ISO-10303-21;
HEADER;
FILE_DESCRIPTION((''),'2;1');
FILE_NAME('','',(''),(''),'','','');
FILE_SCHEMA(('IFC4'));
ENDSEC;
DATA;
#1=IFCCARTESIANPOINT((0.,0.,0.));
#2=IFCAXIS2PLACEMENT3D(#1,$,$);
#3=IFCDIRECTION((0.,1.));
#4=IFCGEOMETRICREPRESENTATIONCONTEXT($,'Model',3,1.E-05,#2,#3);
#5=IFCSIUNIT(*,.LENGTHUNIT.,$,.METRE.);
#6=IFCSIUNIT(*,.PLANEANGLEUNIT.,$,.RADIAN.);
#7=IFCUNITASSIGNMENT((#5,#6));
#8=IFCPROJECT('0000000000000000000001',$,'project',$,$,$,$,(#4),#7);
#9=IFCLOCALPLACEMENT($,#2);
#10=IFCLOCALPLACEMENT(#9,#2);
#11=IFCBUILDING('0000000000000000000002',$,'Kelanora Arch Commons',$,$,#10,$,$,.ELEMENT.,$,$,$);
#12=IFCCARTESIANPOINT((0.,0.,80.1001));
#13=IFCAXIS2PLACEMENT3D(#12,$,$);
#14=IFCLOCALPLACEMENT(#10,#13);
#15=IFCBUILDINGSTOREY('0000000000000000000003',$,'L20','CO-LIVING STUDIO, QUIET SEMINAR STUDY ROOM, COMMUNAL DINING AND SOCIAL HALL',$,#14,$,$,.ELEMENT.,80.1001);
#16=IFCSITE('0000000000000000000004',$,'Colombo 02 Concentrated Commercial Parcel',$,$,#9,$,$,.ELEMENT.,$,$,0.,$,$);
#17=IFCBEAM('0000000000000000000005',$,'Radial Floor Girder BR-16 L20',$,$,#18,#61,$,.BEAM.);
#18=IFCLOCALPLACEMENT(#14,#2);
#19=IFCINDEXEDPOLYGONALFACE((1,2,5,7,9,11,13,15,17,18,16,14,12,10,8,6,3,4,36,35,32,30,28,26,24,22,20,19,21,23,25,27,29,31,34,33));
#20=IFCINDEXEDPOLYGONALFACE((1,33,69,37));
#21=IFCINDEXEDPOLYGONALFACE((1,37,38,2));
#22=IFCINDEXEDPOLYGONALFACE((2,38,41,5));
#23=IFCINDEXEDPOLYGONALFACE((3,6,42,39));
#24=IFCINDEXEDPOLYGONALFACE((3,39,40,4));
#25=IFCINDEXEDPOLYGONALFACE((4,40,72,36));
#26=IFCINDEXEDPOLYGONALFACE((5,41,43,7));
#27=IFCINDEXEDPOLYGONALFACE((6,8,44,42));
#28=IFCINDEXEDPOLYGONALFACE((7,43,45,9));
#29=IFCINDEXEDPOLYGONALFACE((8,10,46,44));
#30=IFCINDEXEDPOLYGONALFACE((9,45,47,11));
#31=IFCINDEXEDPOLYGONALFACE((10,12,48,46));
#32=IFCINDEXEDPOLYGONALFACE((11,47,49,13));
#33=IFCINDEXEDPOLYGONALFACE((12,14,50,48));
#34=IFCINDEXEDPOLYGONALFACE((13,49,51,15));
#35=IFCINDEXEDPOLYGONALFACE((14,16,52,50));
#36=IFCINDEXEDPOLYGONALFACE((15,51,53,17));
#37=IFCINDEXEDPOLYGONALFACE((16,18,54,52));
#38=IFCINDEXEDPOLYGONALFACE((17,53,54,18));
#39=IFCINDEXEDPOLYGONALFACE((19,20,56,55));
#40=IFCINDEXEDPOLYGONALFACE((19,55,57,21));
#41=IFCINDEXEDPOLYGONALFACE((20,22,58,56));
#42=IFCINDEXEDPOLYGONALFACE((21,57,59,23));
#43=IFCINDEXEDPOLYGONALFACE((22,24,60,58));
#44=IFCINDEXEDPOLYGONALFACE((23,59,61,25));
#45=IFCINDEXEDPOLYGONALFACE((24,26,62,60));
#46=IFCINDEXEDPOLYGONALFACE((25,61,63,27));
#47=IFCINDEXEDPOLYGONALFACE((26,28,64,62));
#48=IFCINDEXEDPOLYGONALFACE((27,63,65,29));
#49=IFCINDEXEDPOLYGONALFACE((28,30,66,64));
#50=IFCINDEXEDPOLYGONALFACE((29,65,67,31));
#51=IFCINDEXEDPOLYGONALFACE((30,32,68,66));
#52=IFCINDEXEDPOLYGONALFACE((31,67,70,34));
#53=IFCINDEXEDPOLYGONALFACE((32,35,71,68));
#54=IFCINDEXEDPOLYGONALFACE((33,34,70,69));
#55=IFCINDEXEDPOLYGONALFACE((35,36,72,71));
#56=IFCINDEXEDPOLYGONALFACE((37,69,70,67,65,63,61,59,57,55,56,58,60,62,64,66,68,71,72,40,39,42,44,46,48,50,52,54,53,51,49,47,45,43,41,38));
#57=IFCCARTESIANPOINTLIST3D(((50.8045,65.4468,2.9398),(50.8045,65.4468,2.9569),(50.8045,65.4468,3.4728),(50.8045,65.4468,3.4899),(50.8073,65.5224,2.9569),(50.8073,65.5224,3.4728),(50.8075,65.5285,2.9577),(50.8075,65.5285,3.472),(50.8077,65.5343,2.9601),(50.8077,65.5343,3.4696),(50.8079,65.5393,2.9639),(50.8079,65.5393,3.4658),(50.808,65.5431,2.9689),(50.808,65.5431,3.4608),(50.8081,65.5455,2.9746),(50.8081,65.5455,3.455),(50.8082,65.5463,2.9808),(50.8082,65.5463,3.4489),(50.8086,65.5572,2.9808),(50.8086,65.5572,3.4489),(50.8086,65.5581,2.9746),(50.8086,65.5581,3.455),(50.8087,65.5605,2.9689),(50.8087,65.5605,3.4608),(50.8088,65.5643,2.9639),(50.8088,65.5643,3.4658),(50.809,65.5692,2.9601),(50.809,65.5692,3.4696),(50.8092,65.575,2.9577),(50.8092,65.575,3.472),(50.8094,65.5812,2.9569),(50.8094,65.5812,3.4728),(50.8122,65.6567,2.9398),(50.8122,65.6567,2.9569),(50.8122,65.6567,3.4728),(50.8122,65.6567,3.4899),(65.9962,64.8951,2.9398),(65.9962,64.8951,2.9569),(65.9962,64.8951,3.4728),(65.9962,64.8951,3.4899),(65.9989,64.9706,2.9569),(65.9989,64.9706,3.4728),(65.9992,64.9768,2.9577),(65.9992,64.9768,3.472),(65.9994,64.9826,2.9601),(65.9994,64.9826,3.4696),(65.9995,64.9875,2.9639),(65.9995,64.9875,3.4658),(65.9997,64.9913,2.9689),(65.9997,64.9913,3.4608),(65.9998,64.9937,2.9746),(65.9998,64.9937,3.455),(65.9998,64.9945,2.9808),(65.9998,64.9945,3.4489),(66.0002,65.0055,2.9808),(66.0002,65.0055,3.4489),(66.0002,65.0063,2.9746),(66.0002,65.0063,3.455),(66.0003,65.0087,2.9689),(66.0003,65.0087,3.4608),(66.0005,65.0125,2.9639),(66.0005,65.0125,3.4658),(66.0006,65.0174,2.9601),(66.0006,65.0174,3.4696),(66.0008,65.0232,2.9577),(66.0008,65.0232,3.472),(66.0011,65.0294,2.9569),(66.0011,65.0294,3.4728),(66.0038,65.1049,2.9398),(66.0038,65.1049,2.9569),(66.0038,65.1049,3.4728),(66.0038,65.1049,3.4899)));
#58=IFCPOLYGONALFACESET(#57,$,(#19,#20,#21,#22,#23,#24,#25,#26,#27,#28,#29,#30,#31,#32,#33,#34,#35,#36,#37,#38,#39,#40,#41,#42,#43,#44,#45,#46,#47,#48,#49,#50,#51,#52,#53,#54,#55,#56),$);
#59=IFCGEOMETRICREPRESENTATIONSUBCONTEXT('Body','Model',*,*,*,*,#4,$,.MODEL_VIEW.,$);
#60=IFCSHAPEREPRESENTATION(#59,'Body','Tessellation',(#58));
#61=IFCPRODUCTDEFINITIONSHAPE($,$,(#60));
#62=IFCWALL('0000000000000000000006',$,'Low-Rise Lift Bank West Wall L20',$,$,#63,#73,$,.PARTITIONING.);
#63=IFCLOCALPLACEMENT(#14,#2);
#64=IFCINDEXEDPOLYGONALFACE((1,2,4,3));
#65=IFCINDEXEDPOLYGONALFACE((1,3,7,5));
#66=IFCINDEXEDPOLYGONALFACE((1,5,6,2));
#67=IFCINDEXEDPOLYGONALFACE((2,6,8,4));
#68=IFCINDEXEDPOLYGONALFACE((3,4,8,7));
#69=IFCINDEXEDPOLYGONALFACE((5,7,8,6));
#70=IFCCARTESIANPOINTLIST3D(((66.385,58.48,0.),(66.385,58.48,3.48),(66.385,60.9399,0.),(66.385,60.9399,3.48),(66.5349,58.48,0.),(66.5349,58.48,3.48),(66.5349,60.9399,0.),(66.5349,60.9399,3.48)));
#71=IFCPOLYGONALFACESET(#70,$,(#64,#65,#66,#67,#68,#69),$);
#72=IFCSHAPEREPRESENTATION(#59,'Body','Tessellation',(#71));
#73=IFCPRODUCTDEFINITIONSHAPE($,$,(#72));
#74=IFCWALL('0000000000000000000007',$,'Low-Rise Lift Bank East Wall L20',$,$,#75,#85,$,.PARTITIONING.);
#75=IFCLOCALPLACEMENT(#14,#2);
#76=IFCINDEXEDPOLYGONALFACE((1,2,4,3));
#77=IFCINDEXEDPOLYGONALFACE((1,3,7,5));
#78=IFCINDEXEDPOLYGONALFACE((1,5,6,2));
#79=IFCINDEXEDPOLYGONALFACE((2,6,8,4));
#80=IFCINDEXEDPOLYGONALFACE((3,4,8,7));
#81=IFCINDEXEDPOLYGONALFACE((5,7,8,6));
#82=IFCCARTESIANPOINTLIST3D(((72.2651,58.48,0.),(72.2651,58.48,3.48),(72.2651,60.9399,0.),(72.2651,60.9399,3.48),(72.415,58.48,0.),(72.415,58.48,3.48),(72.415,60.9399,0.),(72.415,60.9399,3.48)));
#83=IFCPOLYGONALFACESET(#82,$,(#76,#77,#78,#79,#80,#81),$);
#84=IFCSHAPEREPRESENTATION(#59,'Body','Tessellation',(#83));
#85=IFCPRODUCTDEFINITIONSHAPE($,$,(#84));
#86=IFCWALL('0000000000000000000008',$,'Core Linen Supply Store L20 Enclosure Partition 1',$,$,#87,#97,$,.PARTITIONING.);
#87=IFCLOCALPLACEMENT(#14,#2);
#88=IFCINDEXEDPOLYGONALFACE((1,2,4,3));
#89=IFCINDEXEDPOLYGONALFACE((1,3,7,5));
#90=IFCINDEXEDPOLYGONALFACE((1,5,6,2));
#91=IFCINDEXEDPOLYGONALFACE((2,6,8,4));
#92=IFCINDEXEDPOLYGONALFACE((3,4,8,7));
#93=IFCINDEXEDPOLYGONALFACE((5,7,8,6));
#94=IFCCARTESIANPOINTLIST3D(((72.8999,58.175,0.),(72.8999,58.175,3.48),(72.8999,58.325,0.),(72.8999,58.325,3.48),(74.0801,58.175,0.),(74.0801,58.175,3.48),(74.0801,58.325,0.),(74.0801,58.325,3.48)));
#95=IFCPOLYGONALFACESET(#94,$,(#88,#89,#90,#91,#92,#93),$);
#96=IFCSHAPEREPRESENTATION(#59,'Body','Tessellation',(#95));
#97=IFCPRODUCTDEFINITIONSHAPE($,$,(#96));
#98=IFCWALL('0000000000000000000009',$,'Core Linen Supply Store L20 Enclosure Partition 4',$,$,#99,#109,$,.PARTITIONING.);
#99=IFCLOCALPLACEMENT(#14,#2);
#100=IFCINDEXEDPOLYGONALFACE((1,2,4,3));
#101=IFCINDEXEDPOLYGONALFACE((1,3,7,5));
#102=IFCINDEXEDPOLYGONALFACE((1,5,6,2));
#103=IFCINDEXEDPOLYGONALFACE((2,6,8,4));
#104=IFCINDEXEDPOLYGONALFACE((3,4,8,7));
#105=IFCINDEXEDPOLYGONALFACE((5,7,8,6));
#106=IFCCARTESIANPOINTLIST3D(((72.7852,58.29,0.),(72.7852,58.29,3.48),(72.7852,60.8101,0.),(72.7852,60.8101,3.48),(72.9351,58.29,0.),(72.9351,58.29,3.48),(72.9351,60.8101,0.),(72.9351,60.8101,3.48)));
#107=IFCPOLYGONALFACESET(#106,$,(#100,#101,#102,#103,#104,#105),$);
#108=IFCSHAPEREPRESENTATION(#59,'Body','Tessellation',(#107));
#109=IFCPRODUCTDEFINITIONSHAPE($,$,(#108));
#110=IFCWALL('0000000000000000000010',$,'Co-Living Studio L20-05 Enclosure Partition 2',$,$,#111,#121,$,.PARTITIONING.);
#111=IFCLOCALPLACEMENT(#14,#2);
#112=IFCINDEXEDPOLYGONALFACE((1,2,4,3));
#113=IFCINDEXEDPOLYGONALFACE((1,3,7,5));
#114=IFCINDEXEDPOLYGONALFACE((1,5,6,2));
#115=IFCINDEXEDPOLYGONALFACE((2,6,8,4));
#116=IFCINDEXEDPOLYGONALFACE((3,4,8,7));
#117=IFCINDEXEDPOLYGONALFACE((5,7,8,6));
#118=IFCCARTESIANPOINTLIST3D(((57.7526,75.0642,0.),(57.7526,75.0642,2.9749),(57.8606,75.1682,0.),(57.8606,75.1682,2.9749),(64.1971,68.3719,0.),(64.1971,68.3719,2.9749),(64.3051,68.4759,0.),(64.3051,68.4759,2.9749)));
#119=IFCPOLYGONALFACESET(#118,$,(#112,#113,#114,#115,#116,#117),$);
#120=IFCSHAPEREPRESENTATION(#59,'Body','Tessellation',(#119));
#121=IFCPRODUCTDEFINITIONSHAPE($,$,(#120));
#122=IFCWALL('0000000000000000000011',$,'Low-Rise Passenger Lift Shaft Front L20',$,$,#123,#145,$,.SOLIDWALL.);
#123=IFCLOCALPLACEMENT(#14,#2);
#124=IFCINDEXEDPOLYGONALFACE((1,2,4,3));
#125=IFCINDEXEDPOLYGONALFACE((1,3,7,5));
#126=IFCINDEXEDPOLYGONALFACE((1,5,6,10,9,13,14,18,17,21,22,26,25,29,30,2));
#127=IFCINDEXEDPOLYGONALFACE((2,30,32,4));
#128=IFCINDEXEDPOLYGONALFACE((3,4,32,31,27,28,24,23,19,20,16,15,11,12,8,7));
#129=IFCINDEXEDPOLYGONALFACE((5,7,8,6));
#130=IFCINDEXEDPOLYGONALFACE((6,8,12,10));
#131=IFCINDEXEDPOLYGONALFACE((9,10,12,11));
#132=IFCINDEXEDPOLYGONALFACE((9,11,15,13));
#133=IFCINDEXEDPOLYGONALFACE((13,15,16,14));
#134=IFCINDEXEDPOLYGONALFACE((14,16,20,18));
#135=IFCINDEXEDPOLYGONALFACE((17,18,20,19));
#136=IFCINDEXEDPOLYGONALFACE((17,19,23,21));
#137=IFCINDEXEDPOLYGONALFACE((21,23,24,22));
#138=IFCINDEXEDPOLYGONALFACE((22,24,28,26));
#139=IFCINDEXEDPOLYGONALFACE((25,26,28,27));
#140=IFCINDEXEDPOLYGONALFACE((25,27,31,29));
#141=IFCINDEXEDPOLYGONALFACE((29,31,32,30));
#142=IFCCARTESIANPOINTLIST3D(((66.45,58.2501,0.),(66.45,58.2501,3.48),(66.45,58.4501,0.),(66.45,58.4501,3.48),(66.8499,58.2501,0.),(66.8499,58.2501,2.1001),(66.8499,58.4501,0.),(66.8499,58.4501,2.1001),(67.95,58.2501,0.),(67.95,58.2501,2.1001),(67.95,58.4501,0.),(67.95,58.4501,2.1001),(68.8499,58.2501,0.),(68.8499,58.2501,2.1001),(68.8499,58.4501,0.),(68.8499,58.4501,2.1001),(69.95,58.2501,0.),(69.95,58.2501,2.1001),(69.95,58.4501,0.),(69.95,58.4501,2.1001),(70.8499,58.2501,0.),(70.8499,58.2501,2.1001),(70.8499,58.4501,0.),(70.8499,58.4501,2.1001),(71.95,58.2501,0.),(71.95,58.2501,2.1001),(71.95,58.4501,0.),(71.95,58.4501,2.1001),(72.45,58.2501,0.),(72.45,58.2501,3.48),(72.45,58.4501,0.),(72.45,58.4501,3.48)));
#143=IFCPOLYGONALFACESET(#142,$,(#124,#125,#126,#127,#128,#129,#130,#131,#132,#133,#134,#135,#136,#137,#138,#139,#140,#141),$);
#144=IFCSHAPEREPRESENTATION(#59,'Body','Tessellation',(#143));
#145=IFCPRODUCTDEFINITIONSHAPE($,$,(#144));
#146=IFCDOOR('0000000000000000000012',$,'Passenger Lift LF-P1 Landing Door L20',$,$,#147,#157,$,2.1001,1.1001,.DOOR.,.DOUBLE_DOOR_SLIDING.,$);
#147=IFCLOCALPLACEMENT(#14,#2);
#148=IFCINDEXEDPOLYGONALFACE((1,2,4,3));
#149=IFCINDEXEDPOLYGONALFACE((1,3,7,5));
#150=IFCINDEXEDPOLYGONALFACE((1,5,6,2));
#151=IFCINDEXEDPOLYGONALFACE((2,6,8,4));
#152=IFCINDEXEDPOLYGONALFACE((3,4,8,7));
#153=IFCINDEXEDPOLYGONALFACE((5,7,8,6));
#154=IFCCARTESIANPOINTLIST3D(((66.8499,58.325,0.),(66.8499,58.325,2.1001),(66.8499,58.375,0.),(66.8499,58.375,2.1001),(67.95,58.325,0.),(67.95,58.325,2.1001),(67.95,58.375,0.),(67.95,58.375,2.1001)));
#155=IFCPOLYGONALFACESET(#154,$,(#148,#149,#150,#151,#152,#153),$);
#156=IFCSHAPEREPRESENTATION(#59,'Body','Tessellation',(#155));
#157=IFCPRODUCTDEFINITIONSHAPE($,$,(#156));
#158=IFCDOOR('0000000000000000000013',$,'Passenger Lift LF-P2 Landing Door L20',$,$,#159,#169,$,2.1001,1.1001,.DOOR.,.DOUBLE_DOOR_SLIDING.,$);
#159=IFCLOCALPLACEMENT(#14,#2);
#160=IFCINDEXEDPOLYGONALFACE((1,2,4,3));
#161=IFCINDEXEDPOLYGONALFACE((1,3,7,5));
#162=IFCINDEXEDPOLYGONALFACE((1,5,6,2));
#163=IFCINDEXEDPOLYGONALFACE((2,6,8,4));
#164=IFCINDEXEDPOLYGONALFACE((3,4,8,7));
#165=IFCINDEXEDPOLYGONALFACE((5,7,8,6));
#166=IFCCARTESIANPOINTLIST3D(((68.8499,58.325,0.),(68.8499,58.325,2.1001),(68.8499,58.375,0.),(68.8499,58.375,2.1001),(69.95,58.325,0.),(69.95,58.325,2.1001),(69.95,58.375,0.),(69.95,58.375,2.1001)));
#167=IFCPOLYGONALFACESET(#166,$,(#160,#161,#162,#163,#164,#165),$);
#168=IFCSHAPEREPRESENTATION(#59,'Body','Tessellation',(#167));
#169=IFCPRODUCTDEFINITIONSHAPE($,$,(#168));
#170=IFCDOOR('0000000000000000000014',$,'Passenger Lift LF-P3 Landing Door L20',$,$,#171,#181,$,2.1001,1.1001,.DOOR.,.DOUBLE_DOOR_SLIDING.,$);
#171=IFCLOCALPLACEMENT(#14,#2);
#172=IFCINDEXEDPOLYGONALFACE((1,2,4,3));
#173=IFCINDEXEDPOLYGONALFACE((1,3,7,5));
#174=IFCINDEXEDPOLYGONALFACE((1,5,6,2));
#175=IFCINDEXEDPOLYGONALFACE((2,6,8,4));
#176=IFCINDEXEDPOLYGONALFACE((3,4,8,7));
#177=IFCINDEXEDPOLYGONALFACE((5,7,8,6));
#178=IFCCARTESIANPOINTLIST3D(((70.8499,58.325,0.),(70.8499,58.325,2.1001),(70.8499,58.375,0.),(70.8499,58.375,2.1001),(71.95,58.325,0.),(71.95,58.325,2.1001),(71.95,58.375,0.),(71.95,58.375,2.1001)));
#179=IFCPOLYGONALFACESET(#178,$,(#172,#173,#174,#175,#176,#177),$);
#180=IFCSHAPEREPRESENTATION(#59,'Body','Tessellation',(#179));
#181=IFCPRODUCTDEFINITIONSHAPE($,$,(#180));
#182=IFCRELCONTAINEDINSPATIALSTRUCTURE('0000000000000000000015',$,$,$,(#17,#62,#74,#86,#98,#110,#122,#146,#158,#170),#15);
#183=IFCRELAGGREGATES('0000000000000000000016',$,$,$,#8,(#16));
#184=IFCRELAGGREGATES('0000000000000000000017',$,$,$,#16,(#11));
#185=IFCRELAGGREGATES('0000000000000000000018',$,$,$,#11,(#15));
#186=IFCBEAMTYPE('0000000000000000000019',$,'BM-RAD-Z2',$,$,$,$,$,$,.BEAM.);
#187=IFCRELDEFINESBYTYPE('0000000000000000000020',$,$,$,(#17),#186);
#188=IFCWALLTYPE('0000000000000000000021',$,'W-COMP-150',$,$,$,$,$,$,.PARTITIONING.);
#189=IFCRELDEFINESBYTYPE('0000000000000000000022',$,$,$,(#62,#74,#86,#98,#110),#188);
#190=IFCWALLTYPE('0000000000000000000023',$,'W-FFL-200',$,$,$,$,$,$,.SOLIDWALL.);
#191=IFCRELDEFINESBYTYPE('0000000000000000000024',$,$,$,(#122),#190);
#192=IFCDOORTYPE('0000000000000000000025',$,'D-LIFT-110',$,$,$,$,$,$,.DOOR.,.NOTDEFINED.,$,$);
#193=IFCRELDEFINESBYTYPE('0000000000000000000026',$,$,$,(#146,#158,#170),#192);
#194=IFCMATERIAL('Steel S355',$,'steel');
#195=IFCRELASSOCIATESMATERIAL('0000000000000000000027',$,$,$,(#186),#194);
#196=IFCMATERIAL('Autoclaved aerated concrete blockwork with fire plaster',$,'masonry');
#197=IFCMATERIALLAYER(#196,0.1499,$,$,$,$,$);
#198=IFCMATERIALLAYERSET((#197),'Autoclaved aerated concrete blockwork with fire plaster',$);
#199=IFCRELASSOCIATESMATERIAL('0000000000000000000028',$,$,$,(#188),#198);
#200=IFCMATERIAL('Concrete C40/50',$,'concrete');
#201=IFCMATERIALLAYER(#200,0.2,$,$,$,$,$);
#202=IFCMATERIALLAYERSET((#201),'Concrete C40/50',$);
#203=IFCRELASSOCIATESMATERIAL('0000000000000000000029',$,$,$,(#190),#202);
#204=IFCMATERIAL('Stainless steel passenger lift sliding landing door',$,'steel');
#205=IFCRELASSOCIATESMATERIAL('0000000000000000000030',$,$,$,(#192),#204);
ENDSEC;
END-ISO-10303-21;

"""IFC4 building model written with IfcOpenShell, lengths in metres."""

from ifc_helpers import new_model, si_unit, direction, frame, frame_2d, origin, origin_2d, place, context, subcontext, project, spatial, rectangle, i_section, extrude, material, layer, layer_set, material_profile, profile_set, type_object, element, fill, save


model = new_model("IFC4")

# Units and contexts
model_context = context("Model", 3, precision=1e-05, world=origin(), true_north=direction((0.0, 1.0)))
body_context = subcontext(model_context, "Body", "Model", "MODEL_VIEW")
ifc_project = project(units=[si_unit("LENGTHUNIT", "METRE"), si_unit("PLANEANGLEUNIT", "RADIAN")], contexts=[model_context])

# Site, building, storey
site_placement = place(None, origin())
site = spatial("IfcSite", under=ifc_project, at=site_placement, Name="Colombo 02 Concentrated Commercial Parcel", CompositionType="ELEMENT", RefElevation=0.0)
building_placement = place(site_placement, origin())
building = spatial("IfcBuilding", under=site, at=building_placement, Name="Kelanora Arch Commons", CompositionType="ELEMENT")
storey_placement = place(building_placement, frame((0.0, 0.0, 80.1001)))
storey = spatial("IfcBuildingStorey", under=building, at=storey_placement, Name="L20", Description="CO-LIVING STUDIO, QUIET SEMINAR STUDY ROOM, COMMUNAL DINING AND SOCIAL HALL", CompositionType="ELEMENT", Elevation=80.1001)

# Beam
ifc_material_1 = material(Name="Steel S355", Category="steel")
ifc_material_profile_1 = material_profile(ifc_material_1, i_section(OverallWidth=0.21, OverallDepth=0.55, WebThickness=0.011, FlangeThickness=0.0171, FilletRadius=0.0239, at=origin_2d()), Name="IPE550")
ifc_profile_set_1 = profile_set([ifc_material_profile_1], Name="Steel S355")
beam_type_1 = type_object("IfcBeamType", Name="BM-RAD-Z2", PredefinedType="BEAM", material=ifc_profile_set_1)
beam_1_placement = place(storey_placement, frame((66.0, 65.0, 3.2148), z_axis=(-0.999341, 0.036296, 0.0), x_axis=(-0.036296, -0.999341, 0.0)))
element("IfcBeam", 1, at=beam_1_placement, inside=storey, type_object=beam_type_1, Name="Radial Floor Girder BR-16 L20", PredefinedType="BEAM", context=body_context, shape_type="SweptSolid", body=[
    extrude(i_section(OverallWidth=0.21, OverallDepth=0.55, WebThickness=0.011, FlangeThickness=0.0171, FilletRadius=0.0239, at=origin_2d()), origin(), (0.0, 0.0, 1.0), 15.2017),
])

# Walls
ifc_material_2 = material(Name="Autoclaved aerated concrete blockwork with fire plaster", Category="masonry")
ifc_layer_1 = layer(ifc_material_2, 0.1499)
ifc_layer_set_1 = layer_set([ifc_layer_1], Name="Autoclaved aerated concrete blockwork with fire plaster")
wall_type_1 = type_object("IfcWallType", Name="W-COMP-150", PredefinedType="PARTITIONING", material=ifc_layer_set_1)
for number, where, z_axis, x_axis, name in (
    (2, (66.46, 58.48, 0.0), (0.0, 0.0, 1.0), (0.0, 1.0, 0.0), "Low-Rise Lift Bank West Wall L20"),
    (3, (72.3401, 58.48, 0.0), (0.0, 0.0, 1.0), (0.0, 1.0, 0.0), "Low-Rise Lift Bank East Wall L20"),
):
    element("IfcWall", number, at=place(storey_placement, frame(where, z_axis=z_axis, x_axis=x_axis)), inside=storey, type_object=wall_type_1, Name=name, PredefinedType="PARTITIONING", context=body_context, shape_type="SweptSolid", body=[
        extrude(rectangle(XDim=2.46, YDim=0.1499, at=frame_2d((1.23, 0.0))), origin(), (0.0, 0.0, 1.0), 3.48),
    ])
wall_1_placement = place(storey_placement, frame((72.8999, 58.25, 0.0), z_axis=(0.0, 0.0, 1.0), x_axis=(1.0, 0.0, 0.0)))
element("IfcWall", 4, at=wall_1_placement, inside=storey, type_object=wall_type_1, Name="Core Linen Supply Store L20 Enclosure Partition 1", PredefinedType="PARTITIONING", context=body_context, shape_type="SweptSolid", body=[
    extrude(rectangle(XDim=1.1802, YDim=0.1499, at=frame_2d((0.5901, 0.0))), origin(), (0.0, 0.0, 1.0), 3.48),
])
wall_2_placement = place(storey_placement, frame((72.8601, 60.8101, 0.0), z_axis=(0.0, 0.0, 1.0), x_axis=(0.0, -1.0, 0.0)))
element("IfcWall", 5, at=wall_2_placement, inside=storey, type_object=wall_type_1, Name="Core Linen Supply Store L20 Enclosure Partition 4", PredefinedType="PARTITIONING", context=body_context, shape_type="SweptSolid", body=[
    extrude(rectangle(XDim=2.52, YDim=0.1499, at=frame_2d((1.26, 0.0))), origin(), (0.0, 0.0, 1.0), 3.48),
])
wall_3_placement = place(storey_placement, frame((64.2512, 68.4238, 0.0), z_axis=(0.0, 0.0, 1.0), x_axis=(-0.693645, 0.720317, 0.0)))
element("IfcWall", 6, at=wall_3_placement, inside=storey, type_object=wall_type_1, Name="Co-Living Studio L20-05 Enclosure Partition 2", PredefinedType="PARTITIONING", context=body_context, shape_type="SweptSolid", body=[
    extrude(rectangle(XDim=9.2908, YDim=0.1499, at=frame_2d((4.6455, 0.0))), origin(), (0.0, 0.0, 1.0), 2.9749),
])

# Wall, openings, doors
ifc_material_3 = material(Name="Concrete C40/50", Category="concrete")
ifc_layer_2 = layer(ifc_material_3, 0.2)
ifc_layer_set_2 = layer_set([ifc_layer_2], Name="Concrete C40/50")
wall_type_2 = type_object("IfcWallType", Name="W-FFL-200", PredefinedType="SOLIDWALL", material=ifc_layer_set_2)
wall_4_placement = place(storey_placement, frame((66.45, 58.3501, 0.0), z_axis=(0.0, 0.0, 1.0), x_axis=(1.0, 0.0, 0.0)))
wall_4 = element("IfcWall", 7, at=wall_4_placement, inside=storey, type_object=wall_type_2, Name="Low-Rise Passenger Lift Shaft Front L20", PredefinedType="SOLIDWALL", context=body_context, shape_type="SweptSolid", body=[
    extrude(rectangle(XDim=6.0, YDim=0.2, at=frame_2d((3.0, 0.0))), origin(), (0.0, 0.0, 1.0), 3.48),
])
opening_1_placement = place(wall_4_placement, frame((0.3999, 0.0, 0.0)))
opening_1 = element("IfcOpeningElement", 8, at=opening_1_placement, cuts=wall_4, PredefinedType="OPENING", context=body_context, shape_type="SweptSolid", body=[
    extrude(rectangle(XDim=1.1001, YDim=2.1001, at=frame_2d((0.55, 1.05))), frame((0.0, 0.1099, 0.0), z_axis=(0.0, -1.0, 0.0), x_axis=(1.0, 0.0, 0.0)), (0.0, 0.0, 1.0), 0.22),
])
opening_2_placement = place(wall_4_placement, frame((2.3999, 0.0, 0.0)))
opening_2 = element("IfcOpeningElement", 9, at=opening_2_placement, cuts=wall_4, PredefinedType="OPENING", context=body_context, shape_type="SweptSolid", body=[
    extrude(rectangle(XDim=1.1001, YDim=2.1001, at=frame_2d((0.55, 1.05))), frame((0.0, 0.1099, 0.0), z_axis=(0.0, -1.0, 0.0), x_axis=(1.0, 0.0, 0.0)), (0.0, 0.0, 1.0), 0.22),
])
opening_3_placement = place(wall_4_placement, frame((4.3999, 0.0, 0.0)))
opening_3 = element("IfcOpeningElement", 10, at=opening_3_placement, cuts=wall_4, PredefinedType="OPENING", context=body_context, shape_type="SweptSolid", body=[
    extrude(rectangle(XDim=1.1001, YDim=2.1001, at=frame_2d((0.55, 1.05))), frame((0.0, 0.1099, 0.0), z_axis=(0.0, -1.0, 0.0), x_axis=(1.0, 0.0, 0.0)), (0.0, 0.0, 1.0), 0.22),
])
ifc_material_4 = material(Name="Stainless steel passenger lift sliding landing door", Category="steel")
door_type_1 = type_object("IfcDoorType", Name="D-LIFT-110", OperationType="NOTDEFINED", PredefinedType="DOOR", material=ifc_material_4)
door_1_placement = place(opening_1_placement, origin())
door_1 = element("IfcDoor", 11, at=door_1_placement, inside=storey, type_object=door_type_1, Name="Passenger Lift LF-P1 Landing Door L20", OperationType="DOUBLE_DOOR_SLIDING", OverallHeight=2.1001, OverallWidth=1.1001, PredefinedType="DOOR", context=body_context, shape_type="SweptSolid", body=[
    extrude(rectangle(XDim=1.1001, YDim=2.1001, at=frame_2d((0.55, 1.05))), frame((0.0, 0.0249, 0.0), z_axis=(0.0, -1.0, 0.0), x_axis=(1.0, 0.0, 0.0)), (0.0, 0.0, 1.0), 0.05),
])
fill(opening_1, door_1)
door_2_placement = place(opening_2_placement, origin())
door_2 = element("IfcDoor", 12, at=door_2_placement, inside=storey, type_object=door_type_1, Name="Passenger Lift LF-P2 Landing Door L20", OperationType="DOUBLE_DOOR_SLIDING", OverallHeight=2.1001, OverallWidth=1.1001, PredefinedType="DOOR", context=body_context, shape_type="SweptSolid", body=[
    extrude(rectangle(XDim=1.1001, YDim=2.1001, at=frame_2d((0.55, 1.05))), frame((0.0, 0.0249, 0.0), z_axis=(0.0, -1.0, 0.0), x_axis=(1.0, 0.0, 0.0)), (0.0, 0.0, 1.0), 0.05),
])
fill(opening_2, door_2)
door_3_placement = place(opening_3_placement, origin())
door_3 = element("IfcDoor", 13, at=door_3_placement, inside=storey, type_object=door_type_1, Name="Passenger Lift LF-P3 Landing Door L20", OperationType="DOUBLE_DOOR_SLIDING", OverallHeight=2.1001, OverallWidth=1.1001, PredefinedType="DOOR", context=body_context, shape_type="SweptSolid", body=[
    extrude(rectangle(XDim=1.1001, YDim=2.1001, at=frame_2d((0.55, 1.05))), frame((0.0, 0.0249, 0.0), z_axis=(0.0, -1.0, 0.0), x_axis=(1.0, 0.0, 0.0)), (0.0, 0.0, 1.0), 0.05),
])
fill(opening_3, door_3)

save(model, "model.ifc")
